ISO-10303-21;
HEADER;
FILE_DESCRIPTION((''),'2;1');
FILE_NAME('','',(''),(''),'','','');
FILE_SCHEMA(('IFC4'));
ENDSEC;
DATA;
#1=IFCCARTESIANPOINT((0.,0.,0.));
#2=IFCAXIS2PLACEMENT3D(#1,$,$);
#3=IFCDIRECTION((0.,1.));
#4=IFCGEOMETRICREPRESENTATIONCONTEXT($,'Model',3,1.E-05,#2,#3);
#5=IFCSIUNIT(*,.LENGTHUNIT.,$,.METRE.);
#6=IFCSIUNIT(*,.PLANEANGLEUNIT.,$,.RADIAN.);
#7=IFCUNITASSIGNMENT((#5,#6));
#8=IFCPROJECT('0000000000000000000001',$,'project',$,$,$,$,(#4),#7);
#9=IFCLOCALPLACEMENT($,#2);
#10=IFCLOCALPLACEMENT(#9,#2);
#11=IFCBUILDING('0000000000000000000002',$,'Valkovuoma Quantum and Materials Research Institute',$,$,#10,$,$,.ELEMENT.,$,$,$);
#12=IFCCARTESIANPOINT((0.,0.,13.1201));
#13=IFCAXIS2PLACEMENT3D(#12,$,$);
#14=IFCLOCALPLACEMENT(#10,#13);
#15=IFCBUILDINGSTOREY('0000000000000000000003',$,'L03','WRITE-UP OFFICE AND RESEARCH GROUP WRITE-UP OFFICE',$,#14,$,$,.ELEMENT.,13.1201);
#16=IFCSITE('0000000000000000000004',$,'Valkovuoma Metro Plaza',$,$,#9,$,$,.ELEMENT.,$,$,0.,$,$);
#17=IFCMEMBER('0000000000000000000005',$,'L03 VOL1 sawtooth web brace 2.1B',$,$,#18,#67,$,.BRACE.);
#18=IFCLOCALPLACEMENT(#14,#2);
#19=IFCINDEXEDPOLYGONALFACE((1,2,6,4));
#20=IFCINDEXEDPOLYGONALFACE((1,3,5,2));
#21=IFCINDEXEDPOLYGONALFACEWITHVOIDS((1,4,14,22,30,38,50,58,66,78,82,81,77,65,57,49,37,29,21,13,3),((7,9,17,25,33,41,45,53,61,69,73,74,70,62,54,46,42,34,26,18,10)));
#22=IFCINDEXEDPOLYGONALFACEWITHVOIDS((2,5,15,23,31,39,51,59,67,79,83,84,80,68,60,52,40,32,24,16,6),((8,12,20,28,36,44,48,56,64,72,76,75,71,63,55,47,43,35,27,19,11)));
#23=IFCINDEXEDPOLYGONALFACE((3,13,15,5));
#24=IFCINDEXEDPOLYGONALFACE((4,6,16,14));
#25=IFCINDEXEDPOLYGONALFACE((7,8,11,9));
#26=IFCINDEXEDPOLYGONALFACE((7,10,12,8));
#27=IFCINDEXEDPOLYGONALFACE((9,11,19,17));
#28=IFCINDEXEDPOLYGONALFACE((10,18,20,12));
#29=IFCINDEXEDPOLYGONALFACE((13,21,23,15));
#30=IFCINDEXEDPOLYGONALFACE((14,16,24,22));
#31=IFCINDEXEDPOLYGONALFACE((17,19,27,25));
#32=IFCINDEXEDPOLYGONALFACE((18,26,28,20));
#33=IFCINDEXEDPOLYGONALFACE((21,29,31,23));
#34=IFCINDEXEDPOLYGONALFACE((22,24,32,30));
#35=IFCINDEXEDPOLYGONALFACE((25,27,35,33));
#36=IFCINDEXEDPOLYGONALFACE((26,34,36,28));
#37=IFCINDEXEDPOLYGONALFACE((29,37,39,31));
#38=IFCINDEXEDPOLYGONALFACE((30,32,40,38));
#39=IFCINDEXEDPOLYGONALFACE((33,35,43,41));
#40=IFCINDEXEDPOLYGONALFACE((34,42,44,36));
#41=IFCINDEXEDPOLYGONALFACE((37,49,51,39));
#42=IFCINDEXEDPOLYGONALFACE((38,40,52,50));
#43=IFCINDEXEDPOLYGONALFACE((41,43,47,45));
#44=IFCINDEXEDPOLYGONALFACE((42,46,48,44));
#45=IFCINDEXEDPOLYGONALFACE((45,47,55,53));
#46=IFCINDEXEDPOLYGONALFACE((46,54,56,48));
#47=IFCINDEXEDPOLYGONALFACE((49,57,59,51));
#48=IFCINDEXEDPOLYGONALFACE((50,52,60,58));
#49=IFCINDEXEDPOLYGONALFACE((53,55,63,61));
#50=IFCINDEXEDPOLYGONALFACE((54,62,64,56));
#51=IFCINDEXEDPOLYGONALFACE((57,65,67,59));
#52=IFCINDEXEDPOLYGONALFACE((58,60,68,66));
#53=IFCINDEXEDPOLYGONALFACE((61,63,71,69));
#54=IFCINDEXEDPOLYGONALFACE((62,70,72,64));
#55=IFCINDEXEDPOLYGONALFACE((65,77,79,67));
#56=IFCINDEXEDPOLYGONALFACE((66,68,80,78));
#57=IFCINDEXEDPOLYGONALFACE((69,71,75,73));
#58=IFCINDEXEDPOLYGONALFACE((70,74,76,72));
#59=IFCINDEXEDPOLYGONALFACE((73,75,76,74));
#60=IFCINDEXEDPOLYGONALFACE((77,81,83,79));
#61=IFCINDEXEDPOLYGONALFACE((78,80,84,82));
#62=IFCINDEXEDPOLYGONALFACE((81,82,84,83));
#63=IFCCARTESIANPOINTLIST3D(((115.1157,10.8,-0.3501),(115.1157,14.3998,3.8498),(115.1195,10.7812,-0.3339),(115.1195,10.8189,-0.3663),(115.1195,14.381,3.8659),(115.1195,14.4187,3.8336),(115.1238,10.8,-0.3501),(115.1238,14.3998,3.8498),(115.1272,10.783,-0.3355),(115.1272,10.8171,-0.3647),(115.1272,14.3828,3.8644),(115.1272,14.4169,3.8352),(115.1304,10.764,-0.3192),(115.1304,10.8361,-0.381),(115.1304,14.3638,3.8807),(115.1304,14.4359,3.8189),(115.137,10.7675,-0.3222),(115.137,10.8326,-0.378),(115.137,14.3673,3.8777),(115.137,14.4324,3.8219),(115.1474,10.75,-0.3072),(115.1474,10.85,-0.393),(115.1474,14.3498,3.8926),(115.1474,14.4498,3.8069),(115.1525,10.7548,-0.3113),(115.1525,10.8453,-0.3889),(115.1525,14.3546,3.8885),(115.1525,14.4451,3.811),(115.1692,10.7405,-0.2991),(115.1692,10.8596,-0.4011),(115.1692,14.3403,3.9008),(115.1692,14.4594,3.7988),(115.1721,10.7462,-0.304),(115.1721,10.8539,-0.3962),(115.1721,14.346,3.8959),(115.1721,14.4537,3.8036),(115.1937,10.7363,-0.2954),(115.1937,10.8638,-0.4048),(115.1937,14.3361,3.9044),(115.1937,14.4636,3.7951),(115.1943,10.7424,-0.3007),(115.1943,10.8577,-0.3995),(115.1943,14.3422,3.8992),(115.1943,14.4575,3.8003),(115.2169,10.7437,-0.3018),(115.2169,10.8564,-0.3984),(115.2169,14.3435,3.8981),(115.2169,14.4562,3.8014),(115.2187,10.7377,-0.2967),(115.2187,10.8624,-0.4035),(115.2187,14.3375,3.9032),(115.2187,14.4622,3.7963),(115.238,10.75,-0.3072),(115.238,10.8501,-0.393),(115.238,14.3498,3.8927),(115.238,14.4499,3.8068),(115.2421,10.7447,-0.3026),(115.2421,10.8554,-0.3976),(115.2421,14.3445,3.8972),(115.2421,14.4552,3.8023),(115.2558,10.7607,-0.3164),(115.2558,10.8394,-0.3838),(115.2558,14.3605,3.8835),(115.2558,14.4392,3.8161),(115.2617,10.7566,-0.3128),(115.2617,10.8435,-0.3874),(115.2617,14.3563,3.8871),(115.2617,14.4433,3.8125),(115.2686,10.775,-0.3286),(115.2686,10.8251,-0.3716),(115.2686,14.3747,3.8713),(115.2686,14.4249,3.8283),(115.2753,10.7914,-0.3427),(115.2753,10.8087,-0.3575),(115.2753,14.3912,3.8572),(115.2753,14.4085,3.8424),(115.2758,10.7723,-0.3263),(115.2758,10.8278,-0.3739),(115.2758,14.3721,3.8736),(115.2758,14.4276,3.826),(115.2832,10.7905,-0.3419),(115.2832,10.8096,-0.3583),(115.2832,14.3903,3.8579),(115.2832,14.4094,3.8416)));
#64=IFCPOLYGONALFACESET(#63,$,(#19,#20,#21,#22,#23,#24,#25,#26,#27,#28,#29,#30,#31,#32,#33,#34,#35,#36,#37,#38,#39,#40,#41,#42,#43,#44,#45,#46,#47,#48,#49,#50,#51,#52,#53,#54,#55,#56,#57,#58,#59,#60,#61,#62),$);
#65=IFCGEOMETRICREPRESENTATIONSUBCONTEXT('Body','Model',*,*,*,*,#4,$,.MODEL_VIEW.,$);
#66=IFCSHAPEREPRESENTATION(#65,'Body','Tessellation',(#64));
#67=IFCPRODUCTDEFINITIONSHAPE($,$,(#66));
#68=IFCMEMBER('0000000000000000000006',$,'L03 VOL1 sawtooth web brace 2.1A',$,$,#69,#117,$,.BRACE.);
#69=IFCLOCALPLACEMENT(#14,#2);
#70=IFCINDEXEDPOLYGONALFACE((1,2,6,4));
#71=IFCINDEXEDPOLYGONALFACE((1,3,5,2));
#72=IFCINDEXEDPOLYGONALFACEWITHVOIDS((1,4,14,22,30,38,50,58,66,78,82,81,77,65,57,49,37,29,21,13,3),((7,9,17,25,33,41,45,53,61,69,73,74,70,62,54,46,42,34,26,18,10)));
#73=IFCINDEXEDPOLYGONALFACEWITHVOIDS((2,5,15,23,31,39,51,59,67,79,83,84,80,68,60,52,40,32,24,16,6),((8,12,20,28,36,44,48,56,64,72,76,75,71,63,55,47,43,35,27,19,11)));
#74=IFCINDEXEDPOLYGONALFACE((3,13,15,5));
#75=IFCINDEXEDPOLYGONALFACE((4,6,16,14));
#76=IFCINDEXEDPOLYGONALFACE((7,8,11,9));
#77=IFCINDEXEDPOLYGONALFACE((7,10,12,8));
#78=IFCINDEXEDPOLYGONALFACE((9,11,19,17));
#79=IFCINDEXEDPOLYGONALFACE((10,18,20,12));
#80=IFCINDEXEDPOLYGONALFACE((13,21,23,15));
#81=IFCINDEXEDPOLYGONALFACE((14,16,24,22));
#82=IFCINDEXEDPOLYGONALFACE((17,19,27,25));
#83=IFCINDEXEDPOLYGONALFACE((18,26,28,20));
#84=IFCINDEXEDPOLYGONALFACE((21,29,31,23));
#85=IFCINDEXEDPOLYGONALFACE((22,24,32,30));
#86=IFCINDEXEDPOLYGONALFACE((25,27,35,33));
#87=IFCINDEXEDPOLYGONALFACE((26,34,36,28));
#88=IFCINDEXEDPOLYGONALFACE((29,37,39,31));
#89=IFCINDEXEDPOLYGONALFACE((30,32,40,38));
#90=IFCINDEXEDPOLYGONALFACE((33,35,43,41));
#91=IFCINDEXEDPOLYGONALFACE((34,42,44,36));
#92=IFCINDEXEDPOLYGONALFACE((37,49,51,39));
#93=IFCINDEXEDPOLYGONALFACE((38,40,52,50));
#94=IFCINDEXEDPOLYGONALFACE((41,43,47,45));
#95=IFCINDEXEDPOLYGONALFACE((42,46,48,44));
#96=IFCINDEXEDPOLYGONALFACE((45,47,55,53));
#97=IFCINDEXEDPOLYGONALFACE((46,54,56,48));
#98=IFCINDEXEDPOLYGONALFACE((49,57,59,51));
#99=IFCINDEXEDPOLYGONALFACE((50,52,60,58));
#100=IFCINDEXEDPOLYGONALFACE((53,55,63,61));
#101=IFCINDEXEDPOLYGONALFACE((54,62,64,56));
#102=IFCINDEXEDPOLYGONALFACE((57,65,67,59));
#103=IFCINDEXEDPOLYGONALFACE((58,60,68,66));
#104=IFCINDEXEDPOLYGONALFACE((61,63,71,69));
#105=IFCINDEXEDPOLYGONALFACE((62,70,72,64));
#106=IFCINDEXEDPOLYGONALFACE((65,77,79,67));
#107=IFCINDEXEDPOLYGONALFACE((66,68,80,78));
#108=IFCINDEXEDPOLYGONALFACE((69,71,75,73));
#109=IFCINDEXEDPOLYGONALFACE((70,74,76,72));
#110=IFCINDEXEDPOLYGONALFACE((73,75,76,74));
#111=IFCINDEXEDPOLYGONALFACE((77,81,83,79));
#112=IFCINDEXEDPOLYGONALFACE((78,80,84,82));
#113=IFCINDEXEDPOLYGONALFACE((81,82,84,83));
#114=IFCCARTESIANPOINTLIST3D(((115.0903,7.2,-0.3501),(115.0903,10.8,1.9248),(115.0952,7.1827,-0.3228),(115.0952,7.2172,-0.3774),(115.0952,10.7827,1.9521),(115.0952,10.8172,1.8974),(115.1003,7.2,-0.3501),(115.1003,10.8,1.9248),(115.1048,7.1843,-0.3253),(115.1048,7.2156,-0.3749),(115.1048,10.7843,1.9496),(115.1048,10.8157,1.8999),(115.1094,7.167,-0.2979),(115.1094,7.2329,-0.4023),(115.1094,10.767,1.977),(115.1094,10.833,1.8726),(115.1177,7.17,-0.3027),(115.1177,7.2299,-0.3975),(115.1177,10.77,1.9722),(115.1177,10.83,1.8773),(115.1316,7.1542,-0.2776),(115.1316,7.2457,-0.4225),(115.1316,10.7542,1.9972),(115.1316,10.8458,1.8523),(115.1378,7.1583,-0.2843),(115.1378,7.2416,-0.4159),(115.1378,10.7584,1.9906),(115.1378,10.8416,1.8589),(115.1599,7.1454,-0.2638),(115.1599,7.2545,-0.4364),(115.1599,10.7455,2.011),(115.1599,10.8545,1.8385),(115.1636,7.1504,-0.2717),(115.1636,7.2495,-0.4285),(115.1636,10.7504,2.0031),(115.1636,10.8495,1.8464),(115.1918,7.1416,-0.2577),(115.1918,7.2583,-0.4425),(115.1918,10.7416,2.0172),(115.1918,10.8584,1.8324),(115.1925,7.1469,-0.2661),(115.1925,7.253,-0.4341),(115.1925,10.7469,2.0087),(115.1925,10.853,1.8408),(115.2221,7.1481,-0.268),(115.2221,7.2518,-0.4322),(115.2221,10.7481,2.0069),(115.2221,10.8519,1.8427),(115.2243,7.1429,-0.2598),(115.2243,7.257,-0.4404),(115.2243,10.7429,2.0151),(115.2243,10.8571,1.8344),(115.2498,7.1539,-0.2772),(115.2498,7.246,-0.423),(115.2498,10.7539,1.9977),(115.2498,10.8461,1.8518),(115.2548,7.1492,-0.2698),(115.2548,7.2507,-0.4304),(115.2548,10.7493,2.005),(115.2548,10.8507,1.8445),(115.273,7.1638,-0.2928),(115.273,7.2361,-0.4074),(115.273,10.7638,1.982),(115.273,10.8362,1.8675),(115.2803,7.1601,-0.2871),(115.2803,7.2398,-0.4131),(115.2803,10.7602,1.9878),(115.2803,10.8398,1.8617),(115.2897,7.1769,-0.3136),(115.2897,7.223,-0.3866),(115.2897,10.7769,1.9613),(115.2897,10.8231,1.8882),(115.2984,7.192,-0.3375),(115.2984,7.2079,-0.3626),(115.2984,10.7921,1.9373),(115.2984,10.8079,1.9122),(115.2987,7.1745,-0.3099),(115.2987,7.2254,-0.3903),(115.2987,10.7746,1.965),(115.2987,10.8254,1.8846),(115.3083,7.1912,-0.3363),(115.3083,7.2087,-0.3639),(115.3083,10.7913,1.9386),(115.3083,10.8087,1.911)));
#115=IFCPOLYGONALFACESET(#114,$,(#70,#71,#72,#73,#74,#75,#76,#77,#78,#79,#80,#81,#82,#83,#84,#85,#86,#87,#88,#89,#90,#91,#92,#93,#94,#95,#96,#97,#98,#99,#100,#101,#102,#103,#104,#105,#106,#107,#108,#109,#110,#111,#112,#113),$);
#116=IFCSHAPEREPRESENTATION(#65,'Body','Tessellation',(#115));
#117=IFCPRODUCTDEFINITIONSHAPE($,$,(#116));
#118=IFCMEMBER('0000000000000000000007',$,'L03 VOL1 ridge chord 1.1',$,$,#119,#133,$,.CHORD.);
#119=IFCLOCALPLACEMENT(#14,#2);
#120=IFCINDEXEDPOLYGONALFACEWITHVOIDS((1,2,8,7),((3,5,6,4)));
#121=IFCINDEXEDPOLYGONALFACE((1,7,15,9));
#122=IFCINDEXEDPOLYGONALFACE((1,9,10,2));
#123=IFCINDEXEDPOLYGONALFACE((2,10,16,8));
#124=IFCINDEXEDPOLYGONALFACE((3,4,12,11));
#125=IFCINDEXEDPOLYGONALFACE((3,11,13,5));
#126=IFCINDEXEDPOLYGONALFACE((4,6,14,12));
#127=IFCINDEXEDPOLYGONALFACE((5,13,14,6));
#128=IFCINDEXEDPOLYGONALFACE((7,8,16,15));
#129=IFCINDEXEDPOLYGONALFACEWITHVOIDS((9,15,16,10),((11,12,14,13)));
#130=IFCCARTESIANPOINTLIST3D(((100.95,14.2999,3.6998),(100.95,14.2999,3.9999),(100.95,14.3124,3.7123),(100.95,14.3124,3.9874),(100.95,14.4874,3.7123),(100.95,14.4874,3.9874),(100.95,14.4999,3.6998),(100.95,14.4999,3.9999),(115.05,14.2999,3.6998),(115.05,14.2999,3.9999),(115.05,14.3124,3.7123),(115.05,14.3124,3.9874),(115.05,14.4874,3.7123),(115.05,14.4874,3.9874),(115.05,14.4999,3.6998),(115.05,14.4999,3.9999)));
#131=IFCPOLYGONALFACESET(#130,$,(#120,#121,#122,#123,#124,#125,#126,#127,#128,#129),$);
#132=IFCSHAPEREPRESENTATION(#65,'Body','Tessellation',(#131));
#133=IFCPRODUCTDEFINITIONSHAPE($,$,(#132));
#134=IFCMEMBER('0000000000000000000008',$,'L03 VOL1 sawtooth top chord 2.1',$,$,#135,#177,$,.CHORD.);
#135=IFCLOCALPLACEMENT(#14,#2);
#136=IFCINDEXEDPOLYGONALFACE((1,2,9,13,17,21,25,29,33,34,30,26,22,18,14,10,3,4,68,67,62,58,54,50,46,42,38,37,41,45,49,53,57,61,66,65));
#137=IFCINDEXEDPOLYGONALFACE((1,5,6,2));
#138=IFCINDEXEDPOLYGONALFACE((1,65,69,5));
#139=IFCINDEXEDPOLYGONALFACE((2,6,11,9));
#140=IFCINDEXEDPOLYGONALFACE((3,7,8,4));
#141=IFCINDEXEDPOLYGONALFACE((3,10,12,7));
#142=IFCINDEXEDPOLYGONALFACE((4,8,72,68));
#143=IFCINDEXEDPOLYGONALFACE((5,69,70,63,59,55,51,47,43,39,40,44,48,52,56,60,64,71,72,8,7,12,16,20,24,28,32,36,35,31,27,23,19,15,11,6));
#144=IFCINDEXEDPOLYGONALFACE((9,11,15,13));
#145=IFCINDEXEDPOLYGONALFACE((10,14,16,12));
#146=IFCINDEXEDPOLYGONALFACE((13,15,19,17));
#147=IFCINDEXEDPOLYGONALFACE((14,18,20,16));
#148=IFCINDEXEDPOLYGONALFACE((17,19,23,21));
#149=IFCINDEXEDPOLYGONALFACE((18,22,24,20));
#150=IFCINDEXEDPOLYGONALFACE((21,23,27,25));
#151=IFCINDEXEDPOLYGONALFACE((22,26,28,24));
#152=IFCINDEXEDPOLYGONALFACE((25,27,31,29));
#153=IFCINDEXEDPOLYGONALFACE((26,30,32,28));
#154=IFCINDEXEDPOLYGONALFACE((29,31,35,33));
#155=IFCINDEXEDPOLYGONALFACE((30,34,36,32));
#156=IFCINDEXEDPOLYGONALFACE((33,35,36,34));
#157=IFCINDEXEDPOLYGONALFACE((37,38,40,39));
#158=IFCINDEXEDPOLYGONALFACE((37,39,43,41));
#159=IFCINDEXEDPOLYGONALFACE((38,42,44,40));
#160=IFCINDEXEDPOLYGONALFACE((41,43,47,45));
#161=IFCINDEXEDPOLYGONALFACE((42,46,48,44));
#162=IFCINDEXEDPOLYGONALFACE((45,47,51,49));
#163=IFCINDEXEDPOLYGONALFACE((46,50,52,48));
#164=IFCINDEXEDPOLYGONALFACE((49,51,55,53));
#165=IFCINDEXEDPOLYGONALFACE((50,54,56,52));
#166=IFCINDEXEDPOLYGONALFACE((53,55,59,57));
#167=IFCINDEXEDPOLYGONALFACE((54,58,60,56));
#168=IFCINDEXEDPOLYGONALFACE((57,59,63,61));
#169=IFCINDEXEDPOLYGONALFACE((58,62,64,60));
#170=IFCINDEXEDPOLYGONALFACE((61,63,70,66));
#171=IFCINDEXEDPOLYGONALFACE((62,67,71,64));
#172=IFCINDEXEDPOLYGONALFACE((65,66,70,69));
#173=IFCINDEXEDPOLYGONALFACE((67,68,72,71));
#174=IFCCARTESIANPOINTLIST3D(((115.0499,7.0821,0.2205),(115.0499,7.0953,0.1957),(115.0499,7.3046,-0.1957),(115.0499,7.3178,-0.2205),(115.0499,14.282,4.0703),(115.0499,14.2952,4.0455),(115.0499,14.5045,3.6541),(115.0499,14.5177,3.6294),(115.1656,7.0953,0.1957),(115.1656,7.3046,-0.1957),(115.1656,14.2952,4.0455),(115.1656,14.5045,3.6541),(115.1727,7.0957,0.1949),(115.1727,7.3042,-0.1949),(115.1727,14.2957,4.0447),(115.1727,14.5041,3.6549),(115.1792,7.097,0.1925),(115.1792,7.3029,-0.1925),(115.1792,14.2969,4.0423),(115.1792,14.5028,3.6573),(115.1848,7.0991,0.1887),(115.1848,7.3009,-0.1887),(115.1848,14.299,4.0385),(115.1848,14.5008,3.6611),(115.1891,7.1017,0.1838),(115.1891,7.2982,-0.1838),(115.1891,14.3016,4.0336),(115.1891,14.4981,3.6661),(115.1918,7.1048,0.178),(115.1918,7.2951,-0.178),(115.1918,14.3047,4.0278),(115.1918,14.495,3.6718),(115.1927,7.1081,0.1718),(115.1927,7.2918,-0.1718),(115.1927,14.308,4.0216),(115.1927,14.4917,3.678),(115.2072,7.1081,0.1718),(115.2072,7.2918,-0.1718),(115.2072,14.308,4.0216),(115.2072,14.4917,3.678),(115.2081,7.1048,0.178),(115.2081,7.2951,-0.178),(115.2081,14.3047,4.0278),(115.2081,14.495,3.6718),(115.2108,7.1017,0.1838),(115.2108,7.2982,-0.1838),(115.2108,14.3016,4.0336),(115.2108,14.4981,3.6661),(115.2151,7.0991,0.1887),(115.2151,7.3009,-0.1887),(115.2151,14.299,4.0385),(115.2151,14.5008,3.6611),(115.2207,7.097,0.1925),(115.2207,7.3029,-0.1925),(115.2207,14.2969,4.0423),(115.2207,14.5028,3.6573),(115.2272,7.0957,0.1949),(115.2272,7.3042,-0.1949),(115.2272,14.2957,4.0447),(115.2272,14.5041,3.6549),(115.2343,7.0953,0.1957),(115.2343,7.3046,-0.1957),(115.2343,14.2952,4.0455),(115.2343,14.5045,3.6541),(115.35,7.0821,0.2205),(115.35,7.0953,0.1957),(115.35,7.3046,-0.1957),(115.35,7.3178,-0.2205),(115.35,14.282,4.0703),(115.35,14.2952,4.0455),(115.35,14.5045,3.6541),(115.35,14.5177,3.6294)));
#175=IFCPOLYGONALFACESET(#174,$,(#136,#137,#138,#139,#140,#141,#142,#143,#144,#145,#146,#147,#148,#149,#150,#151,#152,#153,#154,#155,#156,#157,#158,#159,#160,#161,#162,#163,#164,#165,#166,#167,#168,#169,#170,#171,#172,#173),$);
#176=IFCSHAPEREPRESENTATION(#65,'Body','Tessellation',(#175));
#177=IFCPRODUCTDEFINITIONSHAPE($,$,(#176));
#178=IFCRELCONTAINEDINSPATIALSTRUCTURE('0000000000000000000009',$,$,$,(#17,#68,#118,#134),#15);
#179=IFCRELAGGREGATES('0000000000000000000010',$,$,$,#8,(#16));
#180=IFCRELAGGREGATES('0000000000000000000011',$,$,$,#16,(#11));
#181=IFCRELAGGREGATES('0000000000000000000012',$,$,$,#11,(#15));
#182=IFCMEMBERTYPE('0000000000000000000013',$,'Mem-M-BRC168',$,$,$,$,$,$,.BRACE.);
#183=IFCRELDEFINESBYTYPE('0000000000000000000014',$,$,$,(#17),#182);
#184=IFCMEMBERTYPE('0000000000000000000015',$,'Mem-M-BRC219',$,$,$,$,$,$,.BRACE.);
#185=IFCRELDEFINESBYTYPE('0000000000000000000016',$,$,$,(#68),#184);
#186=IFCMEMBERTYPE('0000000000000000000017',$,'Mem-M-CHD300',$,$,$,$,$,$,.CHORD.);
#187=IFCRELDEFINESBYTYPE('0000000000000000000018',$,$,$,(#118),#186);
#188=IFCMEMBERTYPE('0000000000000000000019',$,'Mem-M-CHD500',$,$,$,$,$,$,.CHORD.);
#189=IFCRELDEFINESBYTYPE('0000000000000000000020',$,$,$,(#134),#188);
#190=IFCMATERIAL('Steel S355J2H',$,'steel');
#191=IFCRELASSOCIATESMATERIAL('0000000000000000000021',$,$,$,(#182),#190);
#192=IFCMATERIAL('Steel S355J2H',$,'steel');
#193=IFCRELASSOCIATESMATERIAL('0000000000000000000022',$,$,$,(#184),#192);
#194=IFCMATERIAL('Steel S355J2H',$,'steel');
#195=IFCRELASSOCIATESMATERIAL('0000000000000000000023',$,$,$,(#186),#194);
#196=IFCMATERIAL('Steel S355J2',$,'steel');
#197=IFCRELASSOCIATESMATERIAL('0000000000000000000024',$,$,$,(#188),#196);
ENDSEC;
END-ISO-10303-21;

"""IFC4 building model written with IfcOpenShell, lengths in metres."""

from ifc_helpers import new_model, si_unit, direction, frame, origin, origin_2d, place, context, subcontext, project, spatial, hollow_rectangle, hollow_circle, i_section, extrude, material, material_profile, profile_set, type_object, element, save


model = new_model("IFC4")

# Units and contexts
model_context = context("Model", 3, precision=1e-05, world=origin(), true_north=direction((0.0, 1.0)))
body_context = subcontext(model_context, "Body", "Model", "MODEL_VIEW")
ifc_project = project(units=[si_unit("LENGTHUNIT", "METRE"), si_unit("PLANEANGLEUNIT", "RADIAN")], contexts=[model_context])

# Site, building, storey
site_placement = place(None, origin())
site = spatial("IfcSite", under=ifc_project, at=site_placement, Name="Valkovuoma Metro Plaza", CompositionType="ELEMENT", RefElevation=0.0)
building_placement = place(site_placement, origin())
building = spatial("IfcBuilding", under=site, at=building_placement, Name="Valkovuoma Quantum and Materials Research Institute", CompositionType="ELEMENT")
storey_placement = place(building_placement, frame((0.0, 0.0, 13.1201)))
storey = spatial("IfcBuildingStorey", under=building, at=storey_placement, Name="L03", Description="WRITE-UP OFFICE AND RESEARCH GROUP WRITE-UP OFFICE", CompositionType="ELEMENT", Elevation=13.1201)

# Members
ifc_material_1 = material(Name="Steel S355J2H", Category="steel")
ifc_material_profile_1 = material_profile(ifc_material_1, hollow_circle(Radius=0.0842, WallThickness=0.0081, at=origin_2d()), Name="Steel S355J2H")
ifc_profile_set_1 = profile_set([ifc_material_profile_1], Name="Steel S355J2H")
member_type_1 = type_object("IfcMemberType", Name="Mem-M-BRC168", PredefinedType="BRACE", material=ifc_profile_set_1)
member_1_placement = place(storey_placement, frame((115.2, 10.8, -0.3501), z_axis=(0.0, 0.65078, 0.759266), x_axis=(-1.0, 0.0, 0.0)))
element("IfcMember", 1, at=member_1_placement, inside=storey, type_object=member_type_1, Name="L03 VOL1 sawtooth web brace 2.1B", PredefinedType="BRACE", context=body_context, shape_type="SweptSolid", body=[
    extrude(hollow_circle(Radius=0.0842, WallThickness=0.0081, at=origin_2d()), origin(), (0.0, 0.0, 1.0), 5.5315),
])
ifc_material_2 = material(Name="Steel S355J2H", Category="steel")
ifc_material_profile_2 = material_profile(ifc_material_2, hollow_circle(Radius=0.1096, WallThickness=0.01, at=origin_2d()), Name="Steel S355J2H")
ifc_profile_set_2 = profile_set([ifc_material_profile_2], Name="Steel S355J2H")
member_type_2 = type_object("IfcMemberType", Name="Mem-M-BRC219", PredefinedType="BRACE", material=ifc_profile_set_2)
member_2_placement = place(storey_placement, frame((115.2, 7.2, -0.3501), z_axis=(0.0, 0.845366, 0.534187), x_axis=(-1.0, 0.0, 0.0)))
element("IfcMember", 2, at=member_2_placement, inside=storey, type_object=member_type_2, Name="L03 VOL1 sawtooth web brace 2.1A", PredefinedType="BRACE", context=body_context, shape_type="SweptSolid", body=[
    extrude(hollow_circle(Radius=0.1096, WallThickness=0.01, at=origin_2d()), origin(), (0.0, 0.0, 1.0), 4.2585),
])
ifc_material_3 = material(Name="Steel S355J2H", Category="steel")
ifc_material_profile_3 = material_profile(ifc_material_3, hollow_rectangle(XDim=0.2, YDim=0.3, WallThickness=0.0125, at=origin_2d()), Name="Steel S355J2H")
ifc_profile_set_3 = profile_set([ifc_material_profile_3], Name="Steel S355J2H")
member_type_3 = type_object("IfcMemberType", Name="Mem-M-CHD300", PredefinedType="CHORD", material=ifc_profile_set_3)
member_3_placement = place(storey_placement, frame((100.95, 14.3999, 3.8499), z_axis=(1.0, 0.0, 0.0), x_axis=(0.0, 1.0, 0.0)))
element("IfcMember", 3, at=member_3_placement, inside=storey, type_object=member_type_3, Name="L03 VOL1 ridge chord 1.1", PredefinedType="CHORD", context=body_context, shape_type="SweptSolid", body=[
    extrude(hollow_rectangle(XDim=0.2, YDim=0.3, WallThickness=0.0125, at=origin_2d()), origin(), (0.0, 0.0, 1.0), 14.1001),
])
ifc_material_4 = material(Name="Steel S355J2", Category="steel")
ifc_material_profile_4 = material_profile(ifc_material_4, i_section(OverallWidth=0.3, OverallDepth=0.5, WebThickness=0.0144, FlangeThickness=0.0281, FilletRadius=0.0271, at=origin_2d()), Name="Steel S355J2")
ifc_profile_set_4 = profile_set([ifc_material_profile_4], Name="Steel S355J2")
member_type_4 = type_object("IfcMemberType", Name="Mem-M-CHD500", PredefinedType="CHORD", material=ifc_profile_set_4)
member_4_placement = place(storey_placement, frame((115.2, 7.2, 0.0), z_axis=(0.0, 0.88185, 0.47153), x_axis=(-1.0, 0.0, 0.0)))
element("IfcMember", 4, at=member_4_placement, inside=storey, type_object=member_type_4, Name="L03 VOL1 sawtooth top chord 2.1", PredefinedType="CHORD", context=body_context, shape_type="SweptSolid", body=[
    extrude(i_section(OverallWidth=0.3, OverallDepth=0.5, WebThickness=0.0144, FlangeThickness=0.0281, FilletRadius=0.0271, at=origin_2d()), origin(), (0.0, 0.0, 1.0), 8.1646),
])

save(model, "model.ifc")
